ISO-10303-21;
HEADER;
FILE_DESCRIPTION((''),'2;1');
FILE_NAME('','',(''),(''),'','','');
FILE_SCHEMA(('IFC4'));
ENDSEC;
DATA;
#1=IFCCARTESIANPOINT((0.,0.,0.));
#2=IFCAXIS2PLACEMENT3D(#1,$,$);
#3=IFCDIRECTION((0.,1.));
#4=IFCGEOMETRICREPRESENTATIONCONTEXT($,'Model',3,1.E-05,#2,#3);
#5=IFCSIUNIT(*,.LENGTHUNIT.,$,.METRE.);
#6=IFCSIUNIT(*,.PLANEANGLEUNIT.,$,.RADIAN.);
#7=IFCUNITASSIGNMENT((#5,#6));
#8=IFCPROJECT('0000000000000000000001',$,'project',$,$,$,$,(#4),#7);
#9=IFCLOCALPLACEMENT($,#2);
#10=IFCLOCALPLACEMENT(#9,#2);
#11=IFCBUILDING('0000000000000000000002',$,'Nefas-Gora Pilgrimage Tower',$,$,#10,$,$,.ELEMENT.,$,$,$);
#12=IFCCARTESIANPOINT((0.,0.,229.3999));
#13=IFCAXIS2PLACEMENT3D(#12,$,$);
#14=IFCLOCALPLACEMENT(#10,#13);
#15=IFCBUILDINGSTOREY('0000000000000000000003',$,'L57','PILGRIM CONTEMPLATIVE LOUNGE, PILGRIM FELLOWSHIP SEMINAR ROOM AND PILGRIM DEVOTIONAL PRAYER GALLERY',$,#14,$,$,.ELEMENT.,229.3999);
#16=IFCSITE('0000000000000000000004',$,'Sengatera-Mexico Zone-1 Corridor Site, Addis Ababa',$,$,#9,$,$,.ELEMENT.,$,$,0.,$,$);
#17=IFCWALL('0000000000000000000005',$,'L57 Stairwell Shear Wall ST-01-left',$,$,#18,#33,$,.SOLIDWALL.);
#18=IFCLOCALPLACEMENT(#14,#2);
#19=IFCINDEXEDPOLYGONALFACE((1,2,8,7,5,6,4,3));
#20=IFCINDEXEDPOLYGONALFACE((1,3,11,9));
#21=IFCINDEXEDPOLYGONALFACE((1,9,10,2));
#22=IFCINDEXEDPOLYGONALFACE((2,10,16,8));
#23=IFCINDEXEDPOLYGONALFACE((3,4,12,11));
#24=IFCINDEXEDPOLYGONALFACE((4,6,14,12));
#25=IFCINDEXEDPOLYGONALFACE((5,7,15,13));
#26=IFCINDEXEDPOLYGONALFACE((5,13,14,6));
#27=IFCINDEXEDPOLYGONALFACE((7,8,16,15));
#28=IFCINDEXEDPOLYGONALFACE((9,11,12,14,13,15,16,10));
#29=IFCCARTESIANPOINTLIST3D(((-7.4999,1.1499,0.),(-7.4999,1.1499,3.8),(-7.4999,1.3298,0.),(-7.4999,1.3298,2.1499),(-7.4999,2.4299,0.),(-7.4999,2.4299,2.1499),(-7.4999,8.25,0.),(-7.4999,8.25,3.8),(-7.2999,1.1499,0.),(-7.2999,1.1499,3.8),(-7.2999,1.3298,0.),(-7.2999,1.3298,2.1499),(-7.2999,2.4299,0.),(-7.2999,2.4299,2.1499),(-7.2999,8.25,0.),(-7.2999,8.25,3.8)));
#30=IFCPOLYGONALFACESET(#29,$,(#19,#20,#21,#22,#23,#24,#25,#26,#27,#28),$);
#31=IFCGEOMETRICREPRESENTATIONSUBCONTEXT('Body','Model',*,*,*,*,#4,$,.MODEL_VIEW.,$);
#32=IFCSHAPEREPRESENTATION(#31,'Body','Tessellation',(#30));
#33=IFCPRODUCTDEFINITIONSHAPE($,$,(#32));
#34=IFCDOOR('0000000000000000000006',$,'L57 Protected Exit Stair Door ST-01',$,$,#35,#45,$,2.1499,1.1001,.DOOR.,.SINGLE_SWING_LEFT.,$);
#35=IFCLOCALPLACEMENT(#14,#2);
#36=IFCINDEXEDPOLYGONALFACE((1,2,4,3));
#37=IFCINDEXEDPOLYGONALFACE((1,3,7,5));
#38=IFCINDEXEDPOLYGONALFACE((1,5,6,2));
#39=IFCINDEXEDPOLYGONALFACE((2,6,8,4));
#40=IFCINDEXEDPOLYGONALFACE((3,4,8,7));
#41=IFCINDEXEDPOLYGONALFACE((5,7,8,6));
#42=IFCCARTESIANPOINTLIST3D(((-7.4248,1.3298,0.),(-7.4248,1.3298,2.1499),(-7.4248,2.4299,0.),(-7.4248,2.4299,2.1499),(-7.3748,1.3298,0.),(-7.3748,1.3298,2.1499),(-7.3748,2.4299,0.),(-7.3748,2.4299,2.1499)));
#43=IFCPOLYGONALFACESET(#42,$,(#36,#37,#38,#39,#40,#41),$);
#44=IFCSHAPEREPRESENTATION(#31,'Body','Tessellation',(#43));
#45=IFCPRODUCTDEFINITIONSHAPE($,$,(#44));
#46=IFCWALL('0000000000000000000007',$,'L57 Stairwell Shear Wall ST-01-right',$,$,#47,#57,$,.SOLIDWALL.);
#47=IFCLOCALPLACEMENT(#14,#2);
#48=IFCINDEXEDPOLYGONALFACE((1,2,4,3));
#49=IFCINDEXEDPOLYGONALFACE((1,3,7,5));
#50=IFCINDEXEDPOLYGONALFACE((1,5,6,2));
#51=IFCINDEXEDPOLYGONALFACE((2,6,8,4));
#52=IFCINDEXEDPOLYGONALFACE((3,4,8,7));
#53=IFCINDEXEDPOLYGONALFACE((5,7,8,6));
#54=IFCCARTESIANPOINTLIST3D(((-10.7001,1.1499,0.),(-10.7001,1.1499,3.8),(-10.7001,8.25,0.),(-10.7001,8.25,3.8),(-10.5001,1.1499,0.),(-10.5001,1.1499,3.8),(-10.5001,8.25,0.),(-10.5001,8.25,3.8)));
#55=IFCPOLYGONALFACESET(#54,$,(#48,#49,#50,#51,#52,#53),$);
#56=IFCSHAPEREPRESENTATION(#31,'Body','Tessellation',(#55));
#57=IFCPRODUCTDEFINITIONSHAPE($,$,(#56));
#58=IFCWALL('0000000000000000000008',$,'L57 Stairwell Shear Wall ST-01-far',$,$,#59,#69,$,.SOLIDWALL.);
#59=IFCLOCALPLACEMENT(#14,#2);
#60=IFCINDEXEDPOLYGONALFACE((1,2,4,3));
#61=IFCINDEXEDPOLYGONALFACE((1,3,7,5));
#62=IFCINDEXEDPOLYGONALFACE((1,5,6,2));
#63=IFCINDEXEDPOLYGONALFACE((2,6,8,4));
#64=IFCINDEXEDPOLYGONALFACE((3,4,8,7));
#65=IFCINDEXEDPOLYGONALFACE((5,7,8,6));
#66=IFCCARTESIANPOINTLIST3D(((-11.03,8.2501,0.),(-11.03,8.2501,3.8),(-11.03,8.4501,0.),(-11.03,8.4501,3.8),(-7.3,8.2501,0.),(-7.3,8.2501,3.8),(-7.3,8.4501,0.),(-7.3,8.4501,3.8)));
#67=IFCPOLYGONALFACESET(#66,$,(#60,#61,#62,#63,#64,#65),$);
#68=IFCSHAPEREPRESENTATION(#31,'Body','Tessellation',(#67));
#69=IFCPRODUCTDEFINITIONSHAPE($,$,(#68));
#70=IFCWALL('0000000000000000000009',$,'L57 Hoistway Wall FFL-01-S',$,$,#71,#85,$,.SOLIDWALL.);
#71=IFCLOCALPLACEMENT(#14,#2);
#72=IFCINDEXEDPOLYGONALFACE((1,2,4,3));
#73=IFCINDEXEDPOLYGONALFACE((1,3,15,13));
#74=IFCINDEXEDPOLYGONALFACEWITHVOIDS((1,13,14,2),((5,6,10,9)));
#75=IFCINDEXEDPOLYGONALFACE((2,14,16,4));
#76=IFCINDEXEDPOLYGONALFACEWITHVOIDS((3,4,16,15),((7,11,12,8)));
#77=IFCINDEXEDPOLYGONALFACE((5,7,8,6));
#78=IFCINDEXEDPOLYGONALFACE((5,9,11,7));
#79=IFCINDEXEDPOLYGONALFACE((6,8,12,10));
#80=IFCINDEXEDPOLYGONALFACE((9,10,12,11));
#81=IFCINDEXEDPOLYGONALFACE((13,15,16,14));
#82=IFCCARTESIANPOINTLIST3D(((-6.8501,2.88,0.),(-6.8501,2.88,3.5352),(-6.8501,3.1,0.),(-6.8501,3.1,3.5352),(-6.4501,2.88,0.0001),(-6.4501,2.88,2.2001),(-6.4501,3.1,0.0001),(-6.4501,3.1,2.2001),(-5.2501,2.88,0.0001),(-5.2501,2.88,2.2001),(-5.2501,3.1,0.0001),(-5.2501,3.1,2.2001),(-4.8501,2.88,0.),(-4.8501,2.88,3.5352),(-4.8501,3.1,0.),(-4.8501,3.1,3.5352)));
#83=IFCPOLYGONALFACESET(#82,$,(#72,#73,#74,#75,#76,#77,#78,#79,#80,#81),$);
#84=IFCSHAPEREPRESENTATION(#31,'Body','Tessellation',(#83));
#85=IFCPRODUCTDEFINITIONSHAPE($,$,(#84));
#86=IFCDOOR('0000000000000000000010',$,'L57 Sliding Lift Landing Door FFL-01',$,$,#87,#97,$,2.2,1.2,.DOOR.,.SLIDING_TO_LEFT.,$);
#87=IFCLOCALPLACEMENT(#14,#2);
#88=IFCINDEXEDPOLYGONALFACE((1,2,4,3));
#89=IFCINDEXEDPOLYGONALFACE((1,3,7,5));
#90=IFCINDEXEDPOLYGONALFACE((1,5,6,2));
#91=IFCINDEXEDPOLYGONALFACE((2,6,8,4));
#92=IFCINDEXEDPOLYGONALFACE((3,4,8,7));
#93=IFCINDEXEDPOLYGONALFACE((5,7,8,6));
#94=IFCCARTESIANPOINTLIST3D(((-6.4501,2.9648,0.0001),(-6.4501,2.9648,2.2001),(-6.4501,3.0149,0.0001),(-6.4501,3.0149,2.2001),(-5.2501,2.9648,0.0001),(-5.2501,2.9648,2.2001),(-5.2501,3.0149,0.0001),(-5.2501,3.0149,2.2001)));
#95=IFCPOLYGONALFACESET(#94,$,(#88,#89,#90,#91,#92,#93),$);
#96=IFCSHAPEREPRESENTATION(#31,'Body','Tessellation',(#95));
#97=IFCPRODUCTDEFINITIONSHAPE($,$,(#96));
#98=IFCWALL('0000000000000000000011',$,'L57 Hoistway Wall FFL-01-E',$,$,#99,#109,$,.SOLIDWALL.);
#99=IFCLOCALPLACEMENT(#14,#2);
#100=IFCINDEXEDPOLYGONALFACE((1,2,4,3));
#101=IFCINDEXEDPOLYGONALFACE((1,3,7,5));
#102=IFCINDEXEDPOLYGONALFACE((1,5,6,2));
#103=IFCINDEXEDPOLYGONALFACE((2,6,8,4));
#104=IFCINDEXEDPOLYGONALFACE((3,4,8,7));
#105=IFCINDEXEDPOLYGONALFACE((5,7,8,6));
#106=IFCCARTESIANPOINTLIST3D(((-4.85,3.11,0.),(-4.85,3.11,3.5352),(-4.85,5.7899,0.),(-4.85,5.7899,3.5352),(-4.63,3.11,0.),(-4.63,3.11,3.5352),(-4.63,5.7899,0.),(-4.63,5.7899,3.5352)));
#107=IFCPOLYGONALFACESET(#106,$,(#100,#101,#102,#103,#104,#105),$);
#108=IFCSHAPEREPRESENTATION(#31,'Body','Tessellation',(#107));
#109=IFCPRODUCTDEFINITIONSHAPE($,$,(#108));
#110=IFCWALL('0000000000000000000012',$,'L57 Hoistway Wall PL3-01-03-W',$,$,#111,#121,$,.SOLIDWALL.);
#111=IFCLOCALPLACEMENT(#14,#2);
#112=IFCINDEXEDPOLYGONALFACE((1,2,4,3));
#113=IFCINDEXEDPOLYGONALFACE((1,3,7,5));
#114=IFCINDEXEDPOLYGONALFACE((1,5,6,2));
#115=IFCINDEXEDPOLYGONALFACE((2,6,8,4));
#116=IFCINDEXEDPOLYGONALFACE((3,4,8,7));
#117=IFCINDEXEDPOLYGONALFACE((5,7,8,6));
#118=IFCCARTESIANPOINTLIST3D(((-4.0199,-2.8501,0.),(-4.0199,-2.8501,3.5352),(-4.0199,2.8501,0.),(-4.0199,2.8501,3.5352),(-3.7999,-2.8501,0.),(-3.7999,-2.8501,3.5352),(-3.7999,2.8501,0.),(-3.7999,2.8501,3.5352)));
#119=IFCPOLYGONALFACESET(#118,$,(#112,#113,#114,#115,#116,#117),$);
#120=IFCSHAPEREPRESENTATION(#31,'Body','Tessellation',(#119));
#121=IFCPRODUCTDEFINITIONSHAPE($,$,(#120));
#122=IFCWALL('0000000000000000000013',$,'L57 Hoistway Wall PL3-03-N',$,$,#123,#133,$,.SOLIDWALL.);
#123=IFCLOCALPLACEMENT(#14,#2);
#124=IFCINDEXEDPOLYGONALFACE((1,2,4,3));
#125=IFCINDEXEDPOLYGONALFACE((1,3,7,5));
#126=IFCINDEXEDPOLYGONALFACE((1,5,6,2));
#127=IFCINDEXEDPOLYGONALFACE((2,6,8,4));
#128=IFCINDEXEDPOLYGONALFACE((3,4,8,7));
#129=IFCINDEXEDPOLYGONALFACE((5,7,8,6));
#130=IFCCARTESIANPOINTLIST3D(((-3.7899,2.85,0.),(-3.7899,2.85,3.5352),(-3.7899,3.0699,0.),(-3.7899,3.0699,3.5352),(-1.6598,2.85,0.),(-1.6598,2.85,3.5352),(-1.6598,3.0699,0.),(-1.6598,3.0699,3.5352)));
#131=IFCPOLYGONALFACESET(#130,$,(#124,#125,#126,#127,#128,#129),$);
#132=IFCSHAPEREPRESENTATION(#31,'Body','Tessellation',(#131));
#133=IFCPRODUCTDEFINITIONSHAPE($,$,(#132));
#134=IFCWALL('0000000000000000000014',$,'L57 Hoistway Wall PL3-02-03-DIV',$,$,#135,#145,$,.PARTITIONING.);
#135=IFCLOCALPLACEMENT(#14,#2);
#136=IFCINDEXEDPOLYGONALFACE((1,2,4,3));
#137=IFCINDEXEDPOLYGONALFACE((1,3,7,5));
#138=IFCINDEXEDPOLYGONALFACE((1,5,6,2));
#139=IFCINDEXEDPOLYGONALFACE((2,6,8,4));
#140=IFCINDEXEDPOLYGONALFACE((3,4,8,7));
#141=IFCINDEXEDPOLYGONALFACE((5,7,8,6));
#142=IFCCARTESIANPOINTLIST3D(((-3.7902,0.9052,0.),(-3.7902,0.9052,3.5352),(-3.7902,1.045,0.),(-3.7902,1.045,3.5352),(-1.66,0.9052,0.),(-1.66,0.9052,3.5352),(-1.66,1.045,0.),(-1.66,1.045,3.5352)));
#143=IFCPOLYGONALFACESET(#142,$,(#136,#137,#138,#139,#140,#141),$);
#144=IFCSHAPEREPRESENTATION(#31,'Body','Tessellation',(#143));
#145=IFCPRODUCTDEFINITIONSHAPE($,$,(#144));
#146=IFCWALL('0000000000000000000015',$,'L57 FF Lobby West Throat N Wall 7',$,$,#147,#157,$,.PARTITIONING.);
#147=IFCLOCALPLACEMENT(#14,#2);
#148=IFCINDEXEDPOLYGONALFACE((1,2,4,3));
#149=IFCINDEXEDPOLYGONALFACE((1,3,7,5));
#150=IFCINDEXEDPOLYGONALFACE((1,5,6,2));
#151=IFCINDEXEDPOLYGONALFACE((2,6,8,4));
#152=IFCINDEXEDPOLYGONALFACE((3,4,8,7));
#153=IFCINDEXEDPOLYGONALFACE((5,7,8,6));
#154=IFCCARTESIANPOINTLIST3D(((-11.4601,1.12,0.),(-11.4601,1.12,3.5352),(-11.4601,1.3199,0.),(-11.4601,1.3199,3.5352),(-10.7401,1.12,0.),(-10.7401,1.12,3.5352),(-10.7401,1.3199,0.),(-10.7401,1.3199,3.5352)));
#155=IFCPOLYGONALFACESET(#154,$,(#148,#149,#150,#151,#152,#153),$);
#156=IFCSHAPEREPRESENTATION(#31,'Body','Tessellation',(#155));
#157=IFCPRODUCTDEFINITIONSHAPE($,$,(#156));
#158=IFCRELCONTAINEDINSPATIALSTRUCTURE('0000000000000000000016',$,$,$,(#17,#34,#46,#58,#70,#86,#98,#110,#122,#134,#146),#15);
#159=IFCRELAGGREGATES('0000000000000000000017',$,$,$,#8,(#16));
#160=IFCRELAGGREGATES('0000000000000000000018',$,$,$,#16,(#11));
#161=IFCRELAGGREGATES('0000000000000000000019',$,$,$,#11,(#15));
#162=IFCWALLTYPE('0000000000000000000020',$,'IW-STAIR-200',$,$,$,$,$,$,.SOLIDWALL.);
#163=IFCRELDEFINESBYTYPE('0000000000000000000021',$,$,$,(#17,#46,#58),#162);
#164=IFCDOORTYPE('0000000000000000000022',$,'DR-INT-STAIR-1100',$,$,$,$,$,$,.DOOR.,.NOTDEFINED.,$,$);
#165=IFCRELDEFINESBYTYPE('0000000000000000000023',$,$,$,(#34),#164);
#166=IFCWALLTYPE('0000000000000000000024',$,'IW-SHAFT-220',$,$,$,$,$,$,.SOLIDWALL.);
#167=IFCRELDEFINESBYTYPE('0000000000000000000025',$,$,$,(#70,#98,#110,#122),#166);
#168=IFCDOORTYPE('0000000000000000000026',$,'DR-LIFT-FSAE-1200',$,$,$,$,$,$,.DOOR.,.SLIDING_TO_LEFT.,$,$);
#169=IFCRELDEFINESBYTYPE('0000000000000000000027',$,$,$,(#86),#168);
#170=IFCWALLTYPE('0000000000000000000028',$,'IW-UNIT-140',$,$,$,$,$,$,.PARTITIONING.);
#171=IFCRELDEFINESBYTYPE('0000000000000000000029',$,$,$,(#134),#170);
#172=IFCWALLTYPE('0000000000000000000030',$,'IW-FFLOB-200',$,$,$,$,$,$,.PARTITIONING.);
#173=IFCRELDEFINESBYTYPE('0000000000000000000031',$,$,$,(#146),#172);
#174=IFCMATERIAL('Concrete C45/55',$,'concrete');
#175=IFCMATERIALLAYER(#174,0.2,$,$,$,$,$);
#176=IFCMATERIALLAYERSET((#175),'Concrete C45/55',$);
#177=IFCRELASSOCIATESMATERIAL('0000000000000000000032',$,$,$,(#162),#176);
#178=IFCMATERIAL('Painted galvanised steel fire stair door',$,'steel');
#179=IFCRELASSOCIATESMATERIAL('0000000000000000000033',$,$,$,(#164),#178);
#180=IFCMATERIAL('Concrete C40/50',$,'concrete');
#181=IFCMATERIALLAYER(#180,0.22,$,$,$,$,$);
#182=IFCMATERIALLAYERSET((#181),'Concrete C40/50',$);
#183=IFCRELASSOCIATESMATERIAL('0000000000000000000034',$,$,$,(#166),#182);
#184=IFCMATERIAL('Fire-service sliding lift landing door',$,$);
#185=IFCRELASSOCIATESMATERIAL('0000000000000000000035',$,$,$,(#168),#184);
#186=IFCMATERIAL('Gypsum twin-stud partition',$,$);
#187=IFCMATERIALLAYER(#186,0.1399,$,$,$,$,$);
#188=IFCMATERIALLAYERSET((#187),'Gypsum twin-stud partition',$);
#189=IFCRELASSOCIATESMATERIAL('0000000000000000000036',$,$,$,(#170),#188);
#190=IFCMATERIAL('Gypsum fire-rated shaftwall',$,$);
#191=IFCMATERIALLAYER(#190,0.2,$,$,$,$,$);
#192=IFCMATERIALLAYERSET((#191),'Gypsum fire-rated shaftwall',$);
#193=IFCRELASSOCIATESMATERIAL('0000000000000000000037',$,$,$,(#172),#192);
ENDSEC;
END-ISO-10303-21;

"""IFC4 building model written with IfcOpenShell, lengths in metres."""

from ifc_helpers import new_model, si_unit, direction, frame, frame_2d, origin, place, context, subcontext, project, spatial, rectangle, extrude, source, transform, mapped, material, layer, layer_set, type_object, element, fill, save


model = new_model("IFC4")

# Units and contexts
model_context = context("Model", 3, precision=1e-05, world=origin(), true_north=direction((0.0, 1.0)))
body_context = subcontext(model_context, "Body", "Model", "MODEL_VIEW")
ifc_project = project(units=[si_unit("LENGTHUNIT", "METRE"), si_unit("PLANEANGLEUNIT", "RADIAN")], contexts=[model_context])

# Site, building, storey
site_placement = place(None, origin())
site = spatial("IfcSite", under=ifc_project, at=site_placement, Name="Sengatera-Mexico Zone-1 Corridor Site, Addis Ababa", CompositionType="ELEMENT", RefElevation=0.0)
building_placement = place(site_placement, origin())
building = spatial("IfcBuilding", under=site, at=building_placement, Name="Nefas-Gora Pilgrimage Tower", CompositionType="ELEMENT")
storey_placement = place(building_placement, frame((0.0, 0.0, 229.3999)))
storey = spatial("IfcBuildingStorey", under=building, at=storey_placement, Name="L57", Description="PILGRIM CONTEMPLATIVE LOUNGE, PILGRIM FELLOWSHIP SEMINAR ROOM AND PILGRIM DEVOTIONAL PRAYER GALLERY", CompositionType="ELEMENT", Elevation=229.3999)

# Shared definitions
ifc_material_1 = material(Name="Concrete C45/55", Category="concrete")
ifc_layer_1 = layer(ifc_material_1, 0.2)
ifc_layer_set_1 = layer_set([ifc_layer_1], Name="Concrete C45/55")
wall_type_1 = type_object("IfcWallType", Name="IW-STAIR-200", PredefinedType="SOLIDWALL", material=ifc_layer_set_1)

# Wall, opening, door
shared_shape_1 = source(origin(), body_context, "Body", "SweptSolid", [
    extrude(rectangle(XDim=7.1001, YDim=0.2, at=frame_2d((3.55, 0.0))), origin(), (0.0, 0.0, 1.0), 3.8),
])
wall_1_placement = place(storey_placement, frame((-7.3999, 1.1499, 0.0), z_axis=(0.0, 0.0, 1.0), x_axis=(0.0, 1.0, 0.0)))
wall_1 = element("IfcWall", 1, at=wall_1_placement, inside=storey, type_object=wall_type_1, Name="L57 Stairwell Shear Wall ST-01-left", PredefinedType="SOLIDWALL", context=body_context, shape_type="MappedRepresentation", body=[
    mapped(shared_shape_1, transform((0.0, 0.0, 0.0), x_axis=(1.0, 0.0, 0.0), y_axis=(0.0, 1.0, 0.0), z_axis=(0.0, 0.0, 1.0), scale=1.0)),
])
opening_1_placement = place(wall_1_placement, frame((0.1799, 0.0, 0.0)))
opening_1 = element("IfcOpeningElement", 2, at=opening_1_placement, cuts=wall_1, PredefinedType="OPENING", context=body_context, shape_type="SweptSolid", body=[
    extrude(rectangle(XDim=1.1001, YDim=2.1499, at=frame_2d((0.55, 1.075))), frame((0.0, 0.1099, 0.0), z_axis=(0.0, -1.0, 0.0), x_axis=(1.0, 0.0, 0.0)), (0.0, 0.0, 1.0), 0.22),
])
ifc_material_2 = material(Name="Painted galvanised steel fire stair door", Category="steel")
door_type_1 = type_object("IfcDoorType", Name="DR-INT-STAIR-1100", OperationType="NOTDEFINED", PredefinedType="DOOR", material=ifc_material_2)
shared_shape_2 = source(origin(), body_context, "Body", "SweptSolid", [
    extrude(rectangle(XDim=1.1001, YDim=2.1499, at=frame_2d((0.55, 1.075))), frame((0.0, 0.0249, 0.0), z_axis=(0.0, -1.0, 0.0), x_axis=(1.0, 0.0, 0.0)), (0.0, 0.0, 1.0), 0.05),
])
door_1_placement = place(opening_1_placement, origin())
door_1 = element("IfcDoor", 3, at=door_1_placement, inside=storey, type_object=door_type_1, Name="L57 Protected Exit Stair Door ST-01", OperationType="SINGLE_SWING_LEFT", OverallHeight=2.1499, OverallWidth=1.1001, PredefinedType="DOOR", context=body_context, shape_type="MappedRepresentation", body=[
    mapped(shared_shape_2, transform((0.0, 0.0, 0.0), x_axis=(1.0, 0.0, 0.0), y_axis=(0.0, 1.0, 0.0), z_axis=(0.0, 0.0, 1.0), scale=1.0)),
])
fill(opening_1, door_1)

# Walls
wall_2_placement = place(storey_placement, frame((-10.6001, 1.1499, 0.0), z_axis=(0.0, 0.0, 1.0), x_axis=(0.0, 1.0, 0.0)))
element("IfcWall", 4, at=wall_2_placement, inside=storey, type_object=wall_type_1, Name="L57 Stairwell Shear Wall ST-01-right", PredefinedType="SOLIDWALL", context=body_context, shape_type="MappedRepresentation", body=[
    mapped(shared_shape_1, transform((0.0, 0.0, 0.0), x_axis=(1.0, 0.0, 0.0), y_axis=(0.0, 1.0, 0.0), z_axis=(0.0, 0.0, 1.0), scale=1.0)),
])
shared_shape_3 = source(origin(), body_context, "Body", "SweptSolid", [
    extrude(rectangle(XDim=3.73, YDim=0.2, at=frame_2d((1.865, 0.0))), origin(), (0.0, 0.0, 1.0), 3.8),
])
wall_3_placement = place(storey_placement, frame((-7.3, 8.3501, 0.0), z_axis=(0.0, 0.0, 1.0), x_axis=(-1.0, 0.0, 0.0)))
element("IfcWall", 5, at=wall_3_placement, inside=storey, type_object=wall_type_1, Name="L57 Stairwell Shear Wall ST-01-far", PredefinedType="SOLIDWALL", context=body_context, shape_type="MappedRepresentation", body=[
    mapped(shared_shape_3, transform((0.0, 0.0, 0.0), x_axis=(1.0, 0.0, 0.0), y_axis=(0.0, 1.0, 0.0), z_axis=(0.0, 0.0, 1.0), scale=1.0)),
])

# Wall, opening, door
ifc_material_3 = material(Name="Concrete C40/50", Category="concrete")
ifc_layer_2 = layer(ifc_material_3, 0.22)
ifc_layer_set_2 = layer_set([ifc_layer_2], Name="Concrete C40/50")
wall_type_2 = type_object("IfcWallType", Name="IW-SHAFT-220", PredefinedType="SOLIDWALL", material=ifc_layer_set_2)
shared_shape_4 = source(origin(), body_context, "Body", "SweptSolid", [
    extrude(rectangle(XDim=2.0, YDim=0.22, at=frame_2d((1.0, 0.0))), origin(), (0.0, 0.0, 1.0), 3.5352),
])
wall_4_placement = place(storey_placement, frame((-6.8501, 2.99, 0.0), z_axis=(0.0, 0.0, 1.0), x_axis=(1.0, 0.0, 0.0)))
wall_4 = element("IfcWall", 6, at=wall_4_placement, inside=storey, type_object=wall_type_2, Name="L57 Hoistway Wall FFL-01-S", PredefinedType="SOLIDWALL", context=body_context, shape_type="MappedRepresentation", body=[
    mapped(shared_shape_4, transform((0.0, 0.0, 0.0), x_axis=(1.0, 0.0, 0.0), y_axis=(0.0, 1.0, 0.0), z_axis=(0.0, 0.0, 1.0), scale=1.0)),
])
opening_2_placement = place(wall_4_placement, frame((0.3999, 0.0, 0.0)))
opening_2 = element("IfcOpeningElement", 7, at=opening_2_placement, cuts=wall_4, PredefinedType="OPENING", context=body_context, shape_type="SweptSolid", body=[
    extrude(rectangle(XDim=1.2, YDim=2.2, at=frame_2d((0.6001, 1.1001))), frame((0.0, 0.1199, 0.0), z_axis=(0.0, -1.0, 0.0), x_axis=(1.0, 0.0, 0.0)), (0.0, 0.0, 1.0), 0.24),
])
ifc_material_4 = material(Name="Fire-service sliding lift landing door")
door_type_2 = type_object("IfcDoorType", Name="DR-LIFT-FSAE-1200", OperationType="SLIDING_TO_LEFT", PredefinedType="DOOR", material=ifc_material_4)
shared_shape_5 = source(origin(), body_context, "Body", "SweptSolid", [
    extrude(rectangle(XDim=1.2, YDim=2.2, at=frame_2d((0.6001, 1.1001))), frame((0.0, 0.0249, 0.0), z_axis=(0.0, -1.0, 0.0), x_axis=(1.0, 0.0, 0.0)), (0.0, 0.0, 1.0), 0.05),
])
door_2_placement = place(opening_2_placement, origin())
door_2 = element("IfcDoor", 8, at=door_2_placement, inside=storey, type_object=door_type_2, Name="L57 Sliding Lift Landing Door FFL-01", OperationType="SLIDING_TO_LEFT", OverallHeight=2.2, OverallWidth=1.2, PredefinedType="DOOR", context=body_context, shape_type="MappedRepresentation", body=[
    mapped(shared_shape_5, transform((0.0, 0.0, 0.0), x_axis=(1.0, 0.0, 0.0), y_axis=(0.0, 1.0, 0.0), z_axis=(0.0, 0.0, 1.0), scale=1.0)),
])
fill(opening_2, door_2)

# Walls
shared_shape_6 = source(origin(), body_context, "Body", "SweptSolid", [
    extrude(rectangle(XDim=2.6799, YDim=0.22, at=frame_2d((1.3398, 0.0))), origin(), (0.0, 0.0, 1.0), 3.5352),
])
wall_5_placement = place(storey_placement, frame((-4.74, 3.1101, 0.0), z_axis=(0.0, 0.0, 1.0), x_axis=(0.0, 1.0, 0.0)))
element("IfcWall", 9, at=wall_5_placement, inside=storey, type_object=wall_type_2, Name="L57 Hoistway Wall FFL-01-E", PredefinedType="SOLIDWALL", context=body_context, shape_type="MappedRepresentation", body=[
    mapped(shared_shape_6, transform((0.0, 0.0, 0.0), x_axis=(1.0, 0.0, 0.0), y_axis=(0.0, 1.0, 0.0), z_axis=(0.0, 0.0, 1.0), scale=1.0)),
])
shared_shape_7 = source(origin(), body_context, "Body", "SweptSolid", [
    extrude(rectangle(XDim=5.7002, YDim=0.22, at=frame_2d((2.8501, 0.0))), origin(), (0.0, 0.0, 1.0), 3.5352),
])
wall_6_placement = place(storey_placement, frame((-3.9099, 2.8501, 0.0), z_axis=(0.0, 0.0, 1.0), x_axis=(0.0, -1.0, 0.0)))
element("IfcWall", 10, at=wall_6_placement, inside=storey, type_object=wall_type_2, Name="L57 Hoistway Wall PL3-01-03-W", PredefinedType="SOLIDWALL", context=body_context, shape_type="MappedRepresentation", body=[
    mapped(shared_shape_7, transform((0.0, 0.0, 0.0), x_axis=(1.0, 0.0, 0.0), y_axis=(0.0, 1.0, 0.0), z_axis=(0.0, 0.0, 1.0), scale=1.0)),
])
shared_shape_8 = source(origin(), body_context, "Body", "SweptSolid", [
    extrude(rectangle(XDim=2.1301, YDim=0.22, at=frame_2d((1.0649, 0.0))), origin(), (0.0, 0.0, 1.0), 3.5352),
])
wall_7_placement = place(storey_placement, frame((-1.6599, 2.96, 0.0), z_axis=(0.0, 0.0, 1.0), x_axis=(-1.0, 0.0, 0.0)))
element("IfcWall", 11, at=wall_7_placement, inside=storey, type_object=wall_type_2, Name="L57 Hoistway Wall PL3-03-N", PredefinedType="SOLIDWALL", context=body_context, shape_type="MappedRepresentation", body=[
    mapped(shared_shape_8, transform((0.0, 0.0, 0.0), x_axis=(1.0, 0.0, 0.0), y_axis=(0.0, 1.0, 0.0), z_axis=(0.0, 0.0, 1.0), scale=1.0)),
])
ifc_material_5 = material(Name="Gypsum twin-stud partition")
ifc_layer_3 = layer(ifc_material_5, 0.1399)
ifc_layer_set_3 = layer_set([ifc_layer_3], Name="Gypsum twin-stud partition")
wall_type_3 = type_object("IfcWallType", Name="IW-UNIT-140", PredefinedType="PARTITIONING", material=ifc_layer_set_3)
shared_shape_9 = source(origin(), body_context, "Body", "SweptSolid", [
    extrude(rectangle(XDim=2.1301, YDim=0.1399, at=frame_2d((1.0649, 0.0))), origin(), (0.0, 0.0, 1.0), 3.5352),
])
wall_8_placement = place(storey_placement, frame((-3.79, 0.9751, 0.0), z_axis=(0.0, 0.0, 1.0), x_axis=(1.0, 0.0, 0.0)))
element("IfcWall", 12, at=wall_8_placement, inside=storey, type_object=wall_type_3, Name="L57 Hoistway Wall PL3-02-03-DIV", PredefinedType="PARTITIONING", context=body_context, shape_type="MappedRepresentation", body=[
    mapped(shared_shape_9, transform((0.0, 0.0, 0.0), x_axis=(1.0, 0.0, 0.0), y_axis=(0.0, 1.0, 0.0), z_axis=(0.0, 0.0, 1.0), scale=1.0)),
])
ifc_material_6 = material(Name="Gypsum fire-rated shaftwall")
ifc_layer_4 = layer(ifc_material_6, 0.2)
ifc_layer_set_4 = layer_set([ifc_layer_4], Name="Gypsum fire-rated shaftwall")
wall_type_4 = type_object("IfcWallType", Name="IW-FFLOB-200", PredefinedType="PARTITIONING", material=ifc_layer_set_4)
shared_shape_10 = source(origin(), body_context, "Body", "SweptSolid", [
    extrude(rectangle(XDim=0.72, YDim=0.2, at=frame_2d((0.3599, 0.0))), origin(), (0.0, 0.0, 1.0), 3.5352),
])
wall_9_placement = place(storey_placement, frame((-11.46, 1.22, 0.0), z_axis=(0.0, 0.0, 1.0), x_axis=(1.0, 0.0, 0.0)))
element("IfcWall", 13, at=wall_9_placement, inside=storey, type_object=wall_type_4, Name="L57 FF Lobby West Throat N Wall 7", PredefinedType="PARTITIONING", context=body_context, shape_type="MappedRepresentation", body=[
    mapped(shared_shape_10, transform((0.0, 0.0, 0.0), x_axis=(1.0, 0.0, 0.0), y_axis=(0.0, 1.0, 0.0), z_axis=(0.0, 0.0, 1.0), scale=1.0)),
])

save(model, "model.ifc")
